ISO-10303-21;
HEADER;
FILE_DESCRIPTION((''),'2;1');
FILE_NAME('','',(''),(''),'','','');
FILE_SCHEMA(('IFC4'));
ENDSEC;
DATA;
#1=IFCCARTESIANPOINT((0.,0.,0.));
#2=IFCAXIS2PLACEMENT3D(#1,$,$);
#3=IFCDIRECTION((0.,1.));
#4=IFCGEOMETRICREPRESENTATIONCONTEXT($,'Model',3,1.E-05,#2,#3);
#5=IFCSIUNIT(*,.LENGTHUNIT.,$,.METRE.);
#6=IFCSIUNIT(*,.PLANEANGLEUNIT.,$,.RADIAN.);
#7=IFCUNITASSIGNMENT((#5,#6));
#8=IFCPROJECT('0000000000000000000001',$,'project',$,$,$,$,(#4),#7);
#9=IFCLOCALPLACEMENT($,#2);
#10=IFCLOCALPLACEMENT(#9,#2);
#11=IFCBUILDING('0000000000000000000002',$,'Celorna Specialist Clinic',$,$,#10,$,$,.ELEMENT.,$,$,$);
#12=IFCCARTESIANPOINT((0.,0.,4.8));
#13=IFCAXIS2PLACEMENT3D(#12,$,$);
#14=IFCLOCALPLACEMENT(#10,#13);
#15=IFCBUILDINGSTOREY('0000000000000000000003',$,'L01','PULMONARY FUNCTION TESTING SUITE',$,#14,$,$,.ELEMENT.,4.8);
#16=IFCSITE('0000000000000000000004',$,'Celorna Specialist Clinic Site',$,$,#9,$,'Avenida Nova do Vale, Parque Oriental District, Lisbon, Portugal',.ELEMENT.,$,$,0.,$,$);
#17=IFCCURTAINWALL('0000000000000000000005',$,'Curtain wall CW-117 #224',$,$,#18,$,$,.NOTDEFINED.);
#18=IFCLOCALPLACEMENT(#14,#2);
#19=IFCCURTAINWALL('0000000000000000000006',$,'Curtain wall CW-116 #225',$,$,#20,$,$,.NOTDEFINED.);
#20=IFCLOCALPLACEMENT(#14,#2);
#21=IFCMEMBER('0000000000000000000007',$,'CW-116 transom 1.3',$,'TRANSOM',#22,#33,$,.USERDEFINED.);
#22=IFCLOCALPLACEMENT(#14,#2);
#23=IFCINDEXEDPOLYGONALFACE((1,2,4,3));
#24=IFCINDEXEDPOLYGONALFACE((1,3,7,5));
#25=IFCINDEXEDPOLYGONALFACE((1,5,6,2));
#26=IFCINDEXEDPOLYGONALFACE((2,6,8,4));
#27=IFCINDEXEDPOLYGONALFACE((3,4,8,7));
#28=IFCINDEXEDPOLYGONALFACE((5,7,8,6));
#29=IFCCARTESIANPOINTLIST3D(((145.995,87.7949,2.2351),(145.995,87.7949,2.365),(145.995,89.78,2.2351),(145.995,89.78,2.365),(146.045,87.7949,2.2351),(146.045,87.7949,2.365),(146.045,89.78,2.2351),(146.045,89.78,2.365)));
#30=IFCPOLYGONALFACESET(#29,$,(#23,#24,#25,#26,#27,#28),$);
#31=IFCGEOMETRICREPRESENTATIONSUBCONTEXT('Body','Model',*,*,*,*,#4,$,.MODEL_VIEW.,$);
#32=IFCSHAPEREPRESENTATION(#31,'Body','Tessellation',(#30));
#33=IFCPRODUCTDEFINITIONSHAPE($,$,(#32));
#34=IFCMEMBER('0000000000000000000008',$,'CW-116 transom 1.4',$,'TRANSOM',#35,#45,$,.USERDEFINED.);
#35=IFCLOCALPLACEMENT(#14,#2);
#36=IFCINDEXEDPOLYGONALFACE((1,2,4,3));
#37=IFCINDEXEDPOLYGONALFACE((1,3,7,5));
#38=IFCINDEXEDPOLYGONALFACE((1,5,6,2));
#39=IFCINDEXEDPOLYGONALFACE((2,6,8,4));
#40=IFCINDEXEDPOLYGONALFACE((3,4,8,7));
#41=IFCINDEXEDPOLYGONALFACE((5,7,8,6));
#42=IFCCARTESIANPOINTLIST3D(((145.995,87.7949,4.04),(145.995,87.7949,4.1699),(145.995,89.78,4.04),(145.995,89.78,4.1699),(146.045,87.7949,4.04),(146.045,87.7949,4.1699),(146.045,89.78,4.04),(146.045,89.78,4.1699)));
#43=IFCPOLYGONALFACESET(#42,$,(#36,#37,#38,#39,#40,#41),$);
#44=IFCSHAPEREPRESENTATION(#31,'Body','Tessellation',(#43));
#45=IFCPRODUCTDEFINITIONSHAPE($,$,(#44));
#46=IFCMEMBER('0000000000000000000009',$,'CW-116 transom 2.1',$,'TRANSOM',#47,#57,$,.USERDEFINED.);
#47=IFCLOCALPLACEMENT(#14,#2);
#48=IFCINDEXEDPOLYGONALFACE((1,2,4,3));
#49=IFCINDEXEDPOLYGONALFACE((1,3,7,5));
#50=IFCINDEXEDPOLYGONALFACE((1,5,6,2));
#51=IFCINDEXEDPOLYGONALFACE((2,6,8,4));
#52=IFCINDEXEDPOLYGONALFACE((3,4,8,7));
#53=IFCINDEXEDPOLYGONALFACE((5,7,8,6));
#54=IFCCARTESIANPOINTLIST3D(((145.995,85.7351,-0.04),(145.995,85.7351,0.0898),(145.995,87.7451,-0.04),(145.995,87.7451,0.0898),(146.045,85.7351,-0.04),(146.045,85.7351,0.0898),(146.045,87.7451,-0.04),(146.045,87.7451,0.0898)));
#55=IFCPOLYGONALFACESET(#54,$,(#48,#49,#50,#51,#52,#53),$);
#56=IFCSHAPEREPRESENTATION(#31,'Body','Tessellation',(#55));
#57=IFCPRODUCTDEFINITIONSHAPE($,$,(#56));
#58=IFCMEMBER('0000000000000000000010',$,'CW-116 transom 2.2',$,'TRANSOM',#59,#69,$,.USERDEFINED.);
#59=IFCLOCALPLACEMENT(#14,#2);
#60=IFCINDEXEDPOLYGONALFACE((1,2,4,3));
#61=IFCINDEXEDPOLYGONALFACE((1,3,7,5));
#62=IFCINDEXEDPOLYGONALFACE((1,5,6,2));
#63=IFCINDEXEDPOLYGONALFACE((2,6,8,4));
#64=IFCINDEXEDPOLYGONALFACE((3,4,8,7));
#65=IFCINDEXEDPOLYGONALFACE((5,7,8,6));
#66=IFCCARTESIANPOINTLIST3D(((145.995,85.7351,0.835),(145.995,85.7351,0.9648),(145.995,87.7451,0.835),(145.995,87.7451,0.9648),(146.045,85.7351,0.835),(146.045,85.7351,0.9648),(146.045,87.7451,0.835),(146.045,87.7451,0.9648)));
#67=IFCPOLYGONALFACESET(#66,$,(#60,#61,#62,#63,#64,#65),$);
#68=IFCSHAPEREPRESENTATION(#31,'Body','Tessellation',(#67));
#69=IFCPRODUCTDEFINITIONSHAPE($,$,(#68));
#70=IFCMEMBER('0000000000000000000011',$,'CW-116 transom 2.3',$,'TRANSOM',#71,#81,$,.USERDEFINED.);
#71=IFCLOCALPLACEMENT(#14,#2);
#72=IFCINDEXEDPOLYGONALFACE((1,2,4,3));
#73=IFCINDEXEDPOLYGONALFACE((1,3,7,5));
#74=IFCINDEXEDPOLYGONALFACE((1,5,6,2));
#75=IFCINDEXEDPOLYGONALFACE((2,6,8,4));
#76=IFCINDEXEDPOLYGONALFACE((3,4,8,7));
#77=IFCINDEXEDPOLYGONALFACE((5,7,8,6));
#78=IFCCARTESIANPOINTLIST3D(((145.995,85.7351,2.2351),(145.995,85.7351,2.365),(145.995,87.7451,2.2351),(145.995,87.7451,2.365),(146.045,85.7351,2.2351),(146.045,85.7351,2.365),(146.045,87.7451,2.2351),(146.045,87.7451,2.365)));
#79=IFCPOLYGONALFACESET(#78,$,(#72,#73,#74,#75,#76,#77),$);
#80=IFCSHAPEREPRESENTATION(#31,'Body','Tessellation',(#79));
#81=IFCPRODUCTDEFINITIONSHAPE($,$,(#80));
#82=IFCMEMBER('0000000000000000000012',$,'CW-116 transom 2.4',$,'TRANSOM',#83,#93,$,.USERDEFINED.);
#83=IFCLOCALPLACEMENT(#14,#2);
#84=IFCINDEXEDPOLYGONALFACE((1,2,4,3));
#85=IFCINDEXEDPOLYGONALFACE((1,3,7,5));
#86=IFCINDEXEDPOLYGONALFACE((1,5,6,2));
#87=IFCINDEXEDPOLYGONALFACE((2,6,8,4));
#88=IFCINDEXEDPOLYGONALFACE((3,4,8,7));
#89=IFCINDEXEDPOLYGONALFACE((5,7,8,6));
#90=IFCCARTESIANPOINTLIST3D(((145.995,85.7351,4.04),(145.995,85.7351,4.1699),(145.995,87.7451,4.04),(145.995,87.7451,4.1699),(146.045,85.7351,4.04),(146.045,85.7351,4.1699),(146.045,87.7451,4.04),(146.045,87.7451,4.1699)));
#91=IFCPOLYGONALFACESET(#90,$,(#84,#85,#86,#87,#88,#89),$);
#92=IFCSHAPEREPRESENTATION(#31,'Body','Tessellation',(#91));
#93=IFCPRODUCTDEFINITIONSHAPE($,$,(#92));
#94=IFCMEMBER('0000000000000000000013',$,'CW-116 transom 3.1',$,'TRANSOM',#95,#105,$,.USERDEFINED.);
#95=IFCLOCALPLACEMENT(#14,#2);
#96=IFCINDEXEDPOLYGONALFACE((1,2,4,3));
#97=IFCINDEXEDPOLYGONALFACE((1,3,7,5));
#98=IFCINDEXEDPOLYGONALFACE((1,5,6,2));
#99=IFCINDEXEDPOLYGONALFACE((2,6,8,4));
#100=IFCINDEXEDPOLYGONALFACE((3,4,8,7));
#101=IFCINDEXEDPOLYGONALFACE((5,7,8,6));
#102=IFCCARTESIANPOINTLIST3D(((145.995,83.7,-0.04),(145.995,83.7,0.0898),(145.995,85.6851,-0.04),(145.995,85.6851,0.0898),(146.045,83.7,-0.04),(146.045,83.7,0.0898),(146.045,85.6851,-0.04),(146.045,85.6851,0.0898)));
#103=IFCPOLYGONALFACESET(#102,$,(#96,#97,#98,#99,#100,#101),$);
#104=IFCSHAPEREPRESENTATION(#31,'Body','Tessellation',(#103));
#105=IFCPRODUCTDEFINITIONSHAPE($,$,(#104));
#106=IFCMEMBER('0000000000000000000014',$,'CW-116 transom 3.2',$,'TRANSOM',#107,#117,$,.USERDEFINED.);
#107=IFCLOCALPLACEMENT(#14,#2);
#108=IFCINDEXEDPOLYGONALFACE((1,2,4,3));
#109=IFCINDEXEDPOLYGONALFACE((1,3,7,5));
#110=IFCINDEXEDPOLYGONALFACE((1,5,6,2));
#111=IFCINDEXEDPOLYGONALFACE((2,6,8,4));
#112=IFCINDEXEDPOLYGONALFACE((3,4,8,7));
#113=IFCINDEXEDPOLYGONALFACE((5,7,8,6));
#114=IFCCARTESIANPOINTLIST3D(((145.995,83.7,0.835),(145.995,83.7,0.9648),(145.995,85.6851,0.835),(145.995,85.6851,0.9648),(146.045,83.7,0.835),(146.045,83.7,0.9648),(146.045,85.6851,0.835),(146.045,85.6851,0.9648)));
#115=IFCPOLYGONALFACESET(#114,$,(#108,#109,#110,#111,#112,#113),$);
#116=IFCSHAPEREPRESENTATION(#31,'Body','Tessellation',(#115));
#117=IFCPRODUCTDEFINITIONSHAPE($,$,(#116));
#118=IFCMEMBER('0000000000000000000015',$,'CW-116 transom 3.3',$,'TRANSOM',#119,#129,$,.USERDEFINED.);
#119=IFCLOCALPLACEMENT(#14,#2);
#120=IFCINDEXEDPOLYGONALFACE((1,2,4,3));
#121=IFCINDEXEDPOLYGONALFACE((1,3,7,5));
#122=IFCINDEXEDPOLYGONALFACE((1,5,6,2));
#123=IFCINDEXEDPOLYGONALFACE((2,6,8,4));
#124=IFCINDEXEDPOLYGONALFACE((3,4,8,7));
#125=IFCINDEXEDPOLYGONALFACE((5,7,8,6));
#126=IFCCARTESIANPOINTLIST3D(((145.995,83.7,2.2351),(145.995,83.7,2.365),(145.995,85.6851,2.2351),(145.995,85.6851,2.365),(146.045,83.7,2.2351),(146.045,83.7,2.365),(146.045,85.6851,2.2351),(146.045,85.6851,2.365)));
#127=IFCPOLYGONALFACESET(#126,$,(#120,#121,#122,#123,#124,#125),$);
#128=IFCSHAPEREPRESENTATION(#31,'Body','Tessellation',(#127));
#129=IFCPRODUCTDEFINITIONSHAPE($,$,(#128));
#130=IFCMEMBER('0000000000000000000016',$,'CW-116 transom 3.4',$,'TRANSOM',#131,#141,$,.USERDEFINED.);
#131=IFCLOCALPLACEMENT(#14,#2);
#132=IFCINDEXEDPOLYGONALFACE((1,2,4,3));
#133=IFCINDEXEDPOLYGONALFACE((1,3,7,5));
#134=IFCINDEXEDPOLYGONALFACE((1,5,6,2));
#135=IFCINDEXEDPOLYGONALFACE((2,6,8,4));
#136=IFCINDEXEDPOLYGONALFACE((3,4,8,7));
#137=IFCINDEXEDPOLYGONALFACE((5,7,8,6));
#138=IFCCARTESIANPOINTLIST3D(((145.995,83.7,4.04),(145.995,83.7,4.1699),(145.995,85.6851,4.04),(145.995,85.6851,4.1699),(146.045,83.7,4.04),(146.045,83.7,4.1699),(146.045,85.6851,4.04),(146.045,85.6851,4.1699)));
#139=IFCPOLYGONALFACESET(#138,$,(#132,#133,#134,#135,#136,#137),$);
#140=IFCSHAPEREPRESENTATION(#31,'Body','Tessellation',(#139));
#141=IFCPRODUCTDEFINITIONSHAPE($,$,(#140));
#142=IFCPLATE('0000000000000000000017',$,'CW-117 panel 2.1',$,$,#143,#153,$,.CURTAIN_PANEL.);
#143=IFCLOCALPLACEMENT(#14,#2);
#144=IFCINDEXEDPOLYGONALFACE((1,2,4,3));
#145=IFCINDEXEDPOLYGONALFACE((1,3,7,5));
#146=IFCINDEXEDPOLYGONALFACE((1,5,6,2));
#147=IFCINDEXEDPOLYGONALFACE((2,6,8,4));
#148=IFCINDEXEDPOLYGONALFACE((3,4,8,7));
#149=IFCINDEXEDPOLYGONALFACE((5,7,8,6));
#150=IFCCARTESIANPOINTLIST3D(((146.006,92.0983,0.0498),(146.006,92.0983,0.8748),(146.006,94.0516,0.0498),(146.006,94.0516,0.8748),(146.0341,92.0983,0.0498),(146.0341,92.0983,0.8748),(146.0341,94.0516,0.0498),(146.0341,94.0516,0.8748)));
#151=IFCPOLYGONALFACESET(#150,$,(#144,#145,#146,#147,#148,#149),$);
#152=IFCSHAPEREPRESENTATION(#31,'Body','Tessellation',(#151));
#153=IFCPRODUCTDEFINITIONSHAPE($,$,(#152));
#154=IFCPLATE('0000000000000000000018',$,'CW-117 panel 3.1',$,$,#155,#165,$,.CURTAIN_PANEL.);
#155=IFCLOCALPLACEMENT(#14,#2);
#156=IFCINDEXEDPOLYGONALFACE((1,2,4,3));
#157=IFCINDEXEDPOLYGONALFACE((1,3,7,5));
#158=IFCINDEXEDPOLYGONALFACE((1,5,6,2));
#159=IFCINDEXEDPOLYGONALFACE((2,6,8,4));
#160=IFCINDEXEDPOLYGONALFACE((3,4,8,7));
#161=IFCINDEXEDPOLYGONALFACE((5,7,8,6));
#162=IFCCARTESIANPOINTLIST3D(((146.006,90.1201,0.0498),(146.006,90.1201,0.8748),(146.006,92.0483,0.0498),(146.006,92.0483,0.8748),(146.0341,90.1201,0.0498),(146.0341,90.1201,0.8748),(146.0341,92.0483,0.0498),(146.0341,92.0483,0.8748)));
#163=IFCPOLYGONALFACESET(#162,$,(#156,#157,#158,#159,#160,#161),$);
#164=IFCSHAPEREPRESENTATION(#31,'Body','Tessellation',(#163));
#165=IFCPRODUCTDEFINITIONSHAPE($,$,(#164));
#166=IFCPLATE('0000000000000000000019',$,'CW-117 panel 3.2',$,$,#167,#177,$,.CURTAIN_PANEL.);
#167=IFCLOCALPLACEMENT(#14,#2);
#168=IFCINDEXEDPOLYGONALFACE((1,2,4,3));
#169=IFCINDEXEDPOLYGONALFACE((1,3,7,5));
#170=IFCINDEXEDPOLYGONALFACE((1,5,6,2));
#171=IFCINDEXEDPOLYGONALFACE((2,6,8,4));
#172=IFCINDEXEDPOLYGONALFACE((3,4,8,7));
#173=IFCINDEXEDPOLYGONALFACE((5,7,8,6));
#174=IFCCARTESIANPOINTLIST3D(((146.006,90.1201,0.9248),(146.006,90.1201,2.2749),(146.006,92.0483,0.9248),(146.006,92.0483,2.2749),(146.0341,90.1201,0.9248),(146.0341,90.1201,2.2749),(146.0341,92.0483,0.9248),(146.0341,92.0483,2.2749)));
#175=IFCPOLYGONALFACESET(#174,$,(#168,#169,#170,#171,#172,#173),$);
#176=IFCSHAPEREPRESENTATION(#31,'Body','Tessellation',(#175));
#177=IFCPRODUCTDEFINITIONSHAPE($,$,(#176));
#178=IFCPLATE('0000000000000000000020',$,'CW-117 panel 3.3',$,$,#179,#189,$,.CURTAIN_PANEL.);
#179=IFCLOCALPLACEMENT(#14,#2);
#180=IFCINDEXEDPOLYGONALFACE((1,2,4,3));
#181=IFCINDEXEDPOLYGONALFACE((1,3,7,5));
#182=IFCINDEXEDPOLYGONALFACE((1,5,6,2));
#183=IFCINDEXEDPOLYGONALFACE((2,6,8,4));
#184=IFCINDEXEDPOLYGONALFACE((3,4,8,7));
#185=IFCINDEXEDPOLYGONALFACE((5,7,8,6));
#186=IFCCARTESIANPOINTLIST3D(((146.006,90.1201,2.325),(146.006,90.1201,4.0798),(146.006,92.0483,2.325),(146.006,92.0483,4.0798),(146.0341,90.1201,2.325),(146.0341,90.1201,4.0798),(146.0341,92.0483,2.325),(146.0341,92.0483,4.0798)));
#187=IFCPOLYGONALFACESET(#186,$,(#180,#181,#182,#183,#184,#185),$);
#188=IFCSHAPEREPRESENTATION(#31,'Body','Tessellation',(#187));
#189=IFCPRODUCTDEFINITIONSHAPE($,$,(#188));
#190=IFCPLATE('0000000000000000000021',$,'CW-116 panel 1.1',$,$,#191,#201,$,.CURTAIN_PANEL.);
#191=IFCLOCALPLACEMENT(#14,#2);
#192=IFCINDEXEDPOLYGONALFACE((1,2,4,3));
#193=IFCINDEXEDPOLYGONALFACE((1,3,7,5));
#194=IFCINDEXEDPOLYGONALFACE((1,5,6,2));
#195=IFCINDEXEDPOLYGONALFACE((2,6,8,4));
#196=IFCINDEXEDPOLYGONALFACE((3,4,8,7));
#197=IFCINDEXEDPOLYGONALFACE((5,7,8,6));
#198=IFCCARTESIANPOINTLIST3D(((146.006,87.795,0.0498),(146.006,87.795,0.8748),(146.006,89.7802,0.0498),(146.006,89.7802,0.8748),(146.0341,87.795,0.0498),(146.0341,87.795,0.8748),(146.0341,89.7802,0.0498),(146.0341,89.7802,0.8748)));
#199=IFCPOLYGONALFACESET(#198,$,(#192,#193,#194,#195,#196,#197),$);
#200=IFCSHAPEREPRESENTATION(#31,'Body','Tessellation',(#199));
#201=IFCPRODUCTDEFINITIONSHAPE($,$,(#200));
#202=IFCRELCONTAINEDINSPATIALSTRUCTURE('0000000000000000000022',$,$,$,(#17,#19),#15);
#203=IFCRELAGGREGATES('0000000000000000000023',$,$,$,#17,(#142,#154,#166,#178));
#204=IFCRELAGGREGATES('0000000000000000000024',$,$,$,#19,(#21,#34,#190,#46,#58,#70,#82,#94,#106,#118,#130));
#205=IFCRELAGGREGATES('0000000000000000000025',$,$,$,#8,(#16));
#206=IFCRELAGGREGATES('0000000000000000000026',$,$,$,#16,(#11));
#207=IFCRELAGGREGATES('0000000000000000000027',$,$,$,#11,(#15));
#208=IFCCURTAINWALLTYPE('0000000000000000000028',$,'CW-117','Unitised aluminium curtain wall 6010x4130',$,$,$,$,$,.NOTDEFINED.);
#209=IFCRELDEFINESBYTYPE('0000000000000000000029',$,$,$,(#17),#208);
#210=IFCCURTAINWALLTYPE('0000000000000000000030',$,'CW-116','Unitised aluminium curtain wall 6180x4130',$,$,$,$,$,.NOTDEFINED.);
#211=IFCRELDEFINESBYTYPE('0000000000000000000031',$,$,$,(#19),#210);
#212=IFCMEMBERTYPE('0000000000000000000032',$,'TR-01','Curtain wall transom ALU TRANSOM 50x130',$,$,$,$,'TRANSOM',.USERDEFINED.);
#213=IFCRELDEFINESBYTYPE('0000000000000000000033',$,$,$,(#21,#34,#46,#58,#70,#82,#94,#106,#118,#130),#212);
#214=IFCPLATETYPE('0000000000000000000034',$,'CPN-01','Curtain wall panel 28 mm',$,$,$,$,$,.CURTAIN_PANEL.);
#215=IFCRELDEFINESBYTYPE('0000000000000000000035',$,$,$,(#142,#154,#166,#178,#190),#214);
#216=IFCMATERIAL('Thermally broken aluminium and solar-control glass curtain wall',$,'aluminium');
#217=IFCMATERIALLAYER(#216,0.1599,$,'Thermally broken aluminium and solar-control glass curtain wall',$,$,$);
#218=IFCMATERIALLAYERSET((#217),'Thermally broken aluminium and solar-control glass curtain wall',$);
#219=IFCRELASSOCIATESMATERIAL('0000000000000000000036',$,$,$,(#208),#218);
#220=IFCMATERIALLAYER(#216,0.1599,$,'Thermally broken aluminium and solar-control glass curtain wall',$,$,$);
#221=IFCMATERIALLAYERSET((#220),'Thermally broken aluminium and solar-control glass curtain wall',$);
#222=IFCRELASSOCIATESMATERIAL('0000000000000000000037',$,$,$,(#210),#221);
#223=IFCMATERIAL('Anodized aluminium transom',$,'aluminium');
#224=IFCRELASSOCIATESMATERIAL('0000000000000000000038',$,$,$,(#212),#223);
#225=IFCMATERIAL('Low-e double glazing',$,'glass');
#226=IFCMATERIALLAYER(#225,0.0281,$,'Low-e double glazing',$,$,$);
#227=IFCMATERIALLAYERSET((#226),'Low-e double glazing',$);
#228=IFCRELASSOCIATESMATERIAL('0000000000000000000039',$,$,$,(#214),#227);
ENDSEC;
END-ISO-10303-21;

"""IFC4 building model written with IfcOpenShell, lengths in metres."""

from ifc_helpers import new_model, si_unit, direction, frame, origin, origin_2d, place, context, subcontext, project, spatial, rectangle, extrude, material, layer, layer_set, material_profile, profile_set, type_object, element, aggregate, save


model = new_model("IFC4")

# Units and contexts
model_context = context("Model", 3, precision=1e-05, world=origin(), true_north=direction((0.0, 1.0)))
body_context = subcontext(model_context, "Body", "Model", "MODEL_VIEW")
ifc_project = project(units=[si_unit("LENGTHUNIT", "METRE"), si_unit("PLANEANGLEUNIT", "RADIAN")], contexts=[model_context])

# Site, building, storey
site_placement = place(None, origin())
site = spatial("IfcSite", under=ifc_project, at=site_placement, Name="Celorna Specialist Clinic Site", LongName="Avenida Nova do Vale, Parque Oriental District, Lisbon, Portugal", CompositionType="ELEMENT", RefElevation=0.0)
building_placement = place(site_placement, origin())
building = spatial("IfcBuilding", under=site, at=building_placement, Name="Celorna Specialist Clinic", CompositionType="ELEMENT")
storey_placement = place(building_placement, frame((0.0, 0.0, 4.8)))
storey = spatial("IfcBuildingStorey", under=building, at=storey_placement, Name="L01", Description="PULMONARY FUNCTION TESTING SUITE", CompositionType="ELEMENT", Elevation=4.8)

# Curtain walls
ifc_material_1 = material(Name="Thermally broken aluminium and solar-control glass curtain wall", Category="aluminium")
ifc_layer_1 = layer(ifc_material_1, 0.1599, Name="Thermally broken aluminium and solar-control glass curtain wall")
ifc_layer_set_1 = layer_set([ifc_layer_1], Name="Thermally broken aluminium and solar-control glass curtain wall")
curtain_wall_type_1 = type_object("IfcCurtainWallType", Name="CW-117", Description="Unitised aluminium curtain wall 6010x4130", PredefinedType="NOTDEFINED", material=ifc_layer_set_1)
curtain_wall_1_placement = place(storey_placement, origin())
curtain_wall_1 = element("IfcCurtainWall", 1, at=curtain_wall_1_placement, inside=storey, type_object=curtain_wall_type_1, Name="Curtain wall CW-117 #224", PredefinedType="NOTDEFINED")
ifc_layer_2 = layer(ifc_material_1, 0.1599, Name="Thermally broken aluminium and solar-control glass curtain wall")
ifc_layer_set_2 = layer_set([ifc_layer_2], Name="Thermally broken aluminium and solar-control glass curtain wall")
curtain_wall_type_2 = type_object("IfcCurtainWallType", Name="CW-116", Description="Unitised aluminium curtain wall 6180x4130", PredefinedType="NOTDEFINED", material=ifc_layer_set_2)
curtain_wall_2_placement = place(storey_placement, origin())
curtain_wall_2 = element("IfcCurtainWall", 2, at=curtain_wall_2_placement, inside=storey, type_object=curtain_wall_type_2, Name="Curtain wall CW-116 #225", PredefinedType="NOTDEFINED")

# Shared definitions
ifc_material_2 = material(Name="Anodized aluminium transom", Category="aluminium")
ifc_material_profile_1 = material_profile(ifc_material_2, rectangle(XDim=0.05, YDim=0.1299, at=origin_2d()), Name="ALU TRANSOM 50x130")
ifc_profile_set_1 = profile_set([ifc_material_profile_1], Name="Anodized aluminium transom")
member_type_1 = type_object("IfcMemberType", Name="TR-01", Description="Curtain wall transom ALU TRANSOM 50x130", ElementType="TRANSOM", PredefinedType="USERDEFINED", material=ifc_profile_set_1)

# Members
member_1_placement = place(storey_placement, frame((146.02, 89.78, 2.3), z_axis=(0.0, -1.0, 0.0), x_axis=(1.0, 0.0, 0.0)))
member_1 = element("IfcMember", 3, at=member_1_placement, type_object=member_type_1, Name="CW-116 transom 1.3", ObjectType="TRANSOM", PredefinedType="USERDEFINED", context=body_context, shape_type="SweptSolid", body=[
    extrude(rectangle(XDim=0.05, YDim=0.1299, at=origin_2d()), origin(), (0.0, 0.0, 1.0), 1.9851),
])
member_2_placement = place(storey_placement, frame((146.02, 89.78, 4.105), z_axis=(0.0, -1.0, 0.0), x_axis=(1.0, 0.0, 0.0)))
member_2 = element("IfcMember", 4, at=member_2_placement, type_object=member_type_1, Name="CW-116 transom 1.4", ObjectType="TRANSOM", PredefinedType="USERDEFINED", context=body_context, shape_type="SweptSolid", body=[
    extrude(rectangle(XDim=0.05, YDim=0.1299, at=origin_2d()), origin(), (0.0, 0.0, 1.0), 1.9851),
])
member_3_placement = place(storey_placement, frame((146.02, 87.7451, 0.0249), z_axis=(0.0, -1.0, 0.0), x_axis=(1.0, 0.0, 0.0)))
member_3 = element("IfcMember", 5, at=member_3_placement, type_object=member_type_1, Name="CW-116 transom 2.1", ObjectType="TRANSOM", PredefinedType="USERDEFINED", context=body_context, shape_type="SweptSolid", body=[
    extrude(rectangle(XDim=0.05, YDim=0.1299, at=origin_2d()), origin(), (0.0, 0.0, 1.0), 2.01),
])
member_4_placement = place(storey_placement, frame((146.02, 87.7451, 0.8999), z_axis=(0.0, -1.0, 0.0), x_axis=(1.0, 0.0, 0.0)))
member_4 = element("IfcMember", 6, at=member_4_placement, type_object=member_type_1, Name="CW-116 transom 2.2", ObjectType="TRANSOM", PredefinedType="USERDEFINED", context=body_context, shape_type="SweptSolid", body=[
    extrude(rectangle(XDim=0.05, YDim=0.1299, at=origin_2d()), origin(), (0.0, 0.0, 1.0), 2.01),
])
member_5_placement = place(storey_placement, frame((146.02, 87.7451, 2.3), z_axis=(0.0, -1.0, 0.0), x_axis=(1.0, 0.0, 0.0)))
member_5 = element("IfcMember", 7, at=member_5_placement, type_object=member_type_1, Name="CW-116 transom 2.3", ObjectType="TRANSOM", PredefinedType="USERDEFINED", context=body_context, shape_type="SweptSolid", body=[
    extrude(rectangle(XDim=0.05, YDim=0.1299, at=origin_2d()), origin(), (0.0, 0.0, 1.0), 2.01),
])
member_6_placement = place(storey_placement, frame((146.02, 87.7451, 4.105), z_axis=(0.0, -1.0, 0.0), x_axis=(1.0, 0.0, 0.0)))
member_6 = element("IfcMember", 8, at=member_6_placement, type_object=member_type_1, Name="CW-116 transom 2.4", ObjectType="TRANSOM", PredefinedType="USERDEFINED", context=body_context, shape_type="SweptSolid", body=[
    extrude(rectangle(XDim=0.05, YDim=0.1299, at=origin_2d()), origin(), (0.0, 0.0, 1.0), 2.01),
])
member_7_placement = place(storey_placement, frame((146.02, 85.6851, 0.0249), z_axis=(0.0, -1.0, 0.0), x_axis=(1.0, 0.0, 0.0)))
member_7 = element("IfcMember", 9, at=member_7_placement, type_object=member_type_1, Name="CW-116 transom 3.1", ObjectType="TRANSOM", PredefinedType="USERDEFINED", context=body_context, shape_type="SweptSolid", body=[
    extrude(rectangle(XDim=0.05, YDim=0.1299, at=origin_2d()), origin(), (0.0, 0.0, 1.0), 1.9851),
])
member_8_placement = place(storey_placement, frame((146.02, 85.6851, 0.8999), z_axis=(0.0, -1.0, 0.0), x_axis=(1.0, 0.0, 0.0)))
member_8 = element("IfcMember", 10, at=member_8_placement, type_object=member_type_1, Name="CW-116 transom 3.2", ObjectType="TRANSOM", PredefinedType="USERDEFINED", context=body_context, shape_type="SweptSolid", body=[
    extrude(rectangle(XDim=0.05, YDim=0.1299, at=origin_2d()), origin(), (0.0, 0.0, 1.0), 1.9851),
])
member_9_placement = place(storey_placement, frame((146.02, 85.6851, 2.3), z_axis=(0.0, -1.0, 0.0), x_axis=(1.0, 0.0, 0.0)))
member_9 = element("IfcMember", 11, at=member_9_placement, type_object=member_type_1, Name="CW-116 transom 3.3", ObjectType="TRANSOM", PredefinedType="USERDEFINED", context=body_context, shape_type="SweptSolid", body=[
    extrude(rectangle(XDim=0.05, YDim=0.1299, at=origin_2d()), origin(), (0.0, 0.0, 1.0), 1.9851),
])
member_10_placement = place(storey_placement, frame((146.02, 85.6851, 4.105), z_axis=(0.0, -1.0, 0.0), x_axis=(1.0, 0.0, 0.0)))
member_10 = element("IfcMember", 12, at=member_10_placement, type_object=member_type_1, Name="CW-116 transom 3.4", ObjectType="TRANSOM", PredefinedType="USERDEFINED", context=body_context, shape_type="SweptSolid", body=[
    extrude(rectangle(XDim=0.05, YDim=0.1299, at=origin_2d()), origin(), (0.0, 0.0, 1.0), 1.9851),
])

# Plates
ifc_material_3 = material(Name="Low-e double glazing", Category="glass")
ifc_layer_3 = layer(ifc_material_3, 0.0281, Name="Low-e double glazing")
ifc_layer_set_3 = layer_set([ifc_layer_3], Name="Low-e double glazing")
plate_type_1 = type_object("IfcPlateType", Name="CPN-01", Description="Curtain wall panel 28 mm", PredefinedType="CURTAIN_PANEL", material=ifc_layer_set_3)
plate_1_placement = place(storey_placement, frame((146.02, 93.075, 0.0498), z_axis=(0.0, 0.0, 1.0), x_axis=(0.0, -1.0, 0.0)))
plate_1 = element("IfcPlate", 13, at=plate_1_placement, type_object=plate_type_1, Name="CW-117 panel 2.1", PredefinedType="CURTAIN_PANEL", context=body_context, shape_type="SweptSolid", body=[
    extrude(rectangle(XDim=1.9534, YDim=0.0281, at=origin_2d()), origin(), (0.0, 0.0, 1.0), 0.825),
])
plate_2_placement = place(storey_placement, frame((146.02, 91.0842, 0.0498), z_axis=(0.0, 0.0, 1.0), x_axis=(0.0, -1.0, 0.0)))
plate_2 = element("IfcPlate", 14, at=plate_2_placement, type_object=plate_type_1, Name="CW-117 panel 3.1", PredefinedType="CURTAIN_PANEL", context=body_context, shape_type="SweptSolid", body=[
    extrude(rectangle(XDim=1.9282, YDim=0.0281, at=origin_2d()), origin(), (0.0, 0.0, 1.0), 0.825),
])
plate_3_placement = place(storey_placement, frame((146.02, 91.0842, 0.9248), z_axis=(0.0, 0.0, 1.0), x_axis=(0.0, -1.0, 0.0)))
plate_3 = element("IfcPlate", 15, at=plate_3_placement, type_object=plate_type_1, Name="CW-117 panel 3.2", PredefinedType="CURTAIN_PANEL", context=body_context, shape_type="SweptSolid", body=[
    extrude(rectangle(XDim=1.9282, YDim=0.0281, at=origin_2d()), origin(), (0.0, 0.0, 1.0), 1.3501),
])
plate_4_placement = place(storey_placement, frame((146.02, 91.0842, 2.325), z_axis=(0.0, 0.0, 1.0), x_axis=(0.0, -1.0, 0.0)))
plate_4 = element("IfcPlate", 16, at=plate_4_placement, type_object=plate_type_1, Name="CW-117 panel 3.3", PredefinedType="CURTAIN_PANEL", context=body_context, shape_type="SweptSolid", body=[
    extrude(rectangle(XDim=1.9282, YDim=0.0281, at=origin_2d()), origin(), (0.0, 0.0, 1.0), 1.7549),
])
aggregate(curtain_wall_1, [plate_1, plate_2, plate_3, plate_4])
plate_5_placement = place(storey_placement, frame((146.02, 88.7876, 0.0498), z_axis=(0.0, 0.0, 1.0), x_axis=(0.0, -1.0, 0.0)))
plate_5 = element("IfcPlate", 17, at=plate_5_placement, type_object=plate_type_1, Name="CW-116 panel 1.1", PredefinedType="CURTAIN_PANEL", context=body_context, shape_type="SweptSolid", body=[
    extrude(rectangle(XDim=1.9851, YDim=0.0281, at=origin_2d()), origin(), (0.0, 0.0, 1.0), 0.825),
])
aggregate(curtain_wall_2, [member_1, member_2, plate_5, member_3, member_4, member_5, member_6, member_7, member_8, member_9, member_10])

save(model, "model.ifc")
